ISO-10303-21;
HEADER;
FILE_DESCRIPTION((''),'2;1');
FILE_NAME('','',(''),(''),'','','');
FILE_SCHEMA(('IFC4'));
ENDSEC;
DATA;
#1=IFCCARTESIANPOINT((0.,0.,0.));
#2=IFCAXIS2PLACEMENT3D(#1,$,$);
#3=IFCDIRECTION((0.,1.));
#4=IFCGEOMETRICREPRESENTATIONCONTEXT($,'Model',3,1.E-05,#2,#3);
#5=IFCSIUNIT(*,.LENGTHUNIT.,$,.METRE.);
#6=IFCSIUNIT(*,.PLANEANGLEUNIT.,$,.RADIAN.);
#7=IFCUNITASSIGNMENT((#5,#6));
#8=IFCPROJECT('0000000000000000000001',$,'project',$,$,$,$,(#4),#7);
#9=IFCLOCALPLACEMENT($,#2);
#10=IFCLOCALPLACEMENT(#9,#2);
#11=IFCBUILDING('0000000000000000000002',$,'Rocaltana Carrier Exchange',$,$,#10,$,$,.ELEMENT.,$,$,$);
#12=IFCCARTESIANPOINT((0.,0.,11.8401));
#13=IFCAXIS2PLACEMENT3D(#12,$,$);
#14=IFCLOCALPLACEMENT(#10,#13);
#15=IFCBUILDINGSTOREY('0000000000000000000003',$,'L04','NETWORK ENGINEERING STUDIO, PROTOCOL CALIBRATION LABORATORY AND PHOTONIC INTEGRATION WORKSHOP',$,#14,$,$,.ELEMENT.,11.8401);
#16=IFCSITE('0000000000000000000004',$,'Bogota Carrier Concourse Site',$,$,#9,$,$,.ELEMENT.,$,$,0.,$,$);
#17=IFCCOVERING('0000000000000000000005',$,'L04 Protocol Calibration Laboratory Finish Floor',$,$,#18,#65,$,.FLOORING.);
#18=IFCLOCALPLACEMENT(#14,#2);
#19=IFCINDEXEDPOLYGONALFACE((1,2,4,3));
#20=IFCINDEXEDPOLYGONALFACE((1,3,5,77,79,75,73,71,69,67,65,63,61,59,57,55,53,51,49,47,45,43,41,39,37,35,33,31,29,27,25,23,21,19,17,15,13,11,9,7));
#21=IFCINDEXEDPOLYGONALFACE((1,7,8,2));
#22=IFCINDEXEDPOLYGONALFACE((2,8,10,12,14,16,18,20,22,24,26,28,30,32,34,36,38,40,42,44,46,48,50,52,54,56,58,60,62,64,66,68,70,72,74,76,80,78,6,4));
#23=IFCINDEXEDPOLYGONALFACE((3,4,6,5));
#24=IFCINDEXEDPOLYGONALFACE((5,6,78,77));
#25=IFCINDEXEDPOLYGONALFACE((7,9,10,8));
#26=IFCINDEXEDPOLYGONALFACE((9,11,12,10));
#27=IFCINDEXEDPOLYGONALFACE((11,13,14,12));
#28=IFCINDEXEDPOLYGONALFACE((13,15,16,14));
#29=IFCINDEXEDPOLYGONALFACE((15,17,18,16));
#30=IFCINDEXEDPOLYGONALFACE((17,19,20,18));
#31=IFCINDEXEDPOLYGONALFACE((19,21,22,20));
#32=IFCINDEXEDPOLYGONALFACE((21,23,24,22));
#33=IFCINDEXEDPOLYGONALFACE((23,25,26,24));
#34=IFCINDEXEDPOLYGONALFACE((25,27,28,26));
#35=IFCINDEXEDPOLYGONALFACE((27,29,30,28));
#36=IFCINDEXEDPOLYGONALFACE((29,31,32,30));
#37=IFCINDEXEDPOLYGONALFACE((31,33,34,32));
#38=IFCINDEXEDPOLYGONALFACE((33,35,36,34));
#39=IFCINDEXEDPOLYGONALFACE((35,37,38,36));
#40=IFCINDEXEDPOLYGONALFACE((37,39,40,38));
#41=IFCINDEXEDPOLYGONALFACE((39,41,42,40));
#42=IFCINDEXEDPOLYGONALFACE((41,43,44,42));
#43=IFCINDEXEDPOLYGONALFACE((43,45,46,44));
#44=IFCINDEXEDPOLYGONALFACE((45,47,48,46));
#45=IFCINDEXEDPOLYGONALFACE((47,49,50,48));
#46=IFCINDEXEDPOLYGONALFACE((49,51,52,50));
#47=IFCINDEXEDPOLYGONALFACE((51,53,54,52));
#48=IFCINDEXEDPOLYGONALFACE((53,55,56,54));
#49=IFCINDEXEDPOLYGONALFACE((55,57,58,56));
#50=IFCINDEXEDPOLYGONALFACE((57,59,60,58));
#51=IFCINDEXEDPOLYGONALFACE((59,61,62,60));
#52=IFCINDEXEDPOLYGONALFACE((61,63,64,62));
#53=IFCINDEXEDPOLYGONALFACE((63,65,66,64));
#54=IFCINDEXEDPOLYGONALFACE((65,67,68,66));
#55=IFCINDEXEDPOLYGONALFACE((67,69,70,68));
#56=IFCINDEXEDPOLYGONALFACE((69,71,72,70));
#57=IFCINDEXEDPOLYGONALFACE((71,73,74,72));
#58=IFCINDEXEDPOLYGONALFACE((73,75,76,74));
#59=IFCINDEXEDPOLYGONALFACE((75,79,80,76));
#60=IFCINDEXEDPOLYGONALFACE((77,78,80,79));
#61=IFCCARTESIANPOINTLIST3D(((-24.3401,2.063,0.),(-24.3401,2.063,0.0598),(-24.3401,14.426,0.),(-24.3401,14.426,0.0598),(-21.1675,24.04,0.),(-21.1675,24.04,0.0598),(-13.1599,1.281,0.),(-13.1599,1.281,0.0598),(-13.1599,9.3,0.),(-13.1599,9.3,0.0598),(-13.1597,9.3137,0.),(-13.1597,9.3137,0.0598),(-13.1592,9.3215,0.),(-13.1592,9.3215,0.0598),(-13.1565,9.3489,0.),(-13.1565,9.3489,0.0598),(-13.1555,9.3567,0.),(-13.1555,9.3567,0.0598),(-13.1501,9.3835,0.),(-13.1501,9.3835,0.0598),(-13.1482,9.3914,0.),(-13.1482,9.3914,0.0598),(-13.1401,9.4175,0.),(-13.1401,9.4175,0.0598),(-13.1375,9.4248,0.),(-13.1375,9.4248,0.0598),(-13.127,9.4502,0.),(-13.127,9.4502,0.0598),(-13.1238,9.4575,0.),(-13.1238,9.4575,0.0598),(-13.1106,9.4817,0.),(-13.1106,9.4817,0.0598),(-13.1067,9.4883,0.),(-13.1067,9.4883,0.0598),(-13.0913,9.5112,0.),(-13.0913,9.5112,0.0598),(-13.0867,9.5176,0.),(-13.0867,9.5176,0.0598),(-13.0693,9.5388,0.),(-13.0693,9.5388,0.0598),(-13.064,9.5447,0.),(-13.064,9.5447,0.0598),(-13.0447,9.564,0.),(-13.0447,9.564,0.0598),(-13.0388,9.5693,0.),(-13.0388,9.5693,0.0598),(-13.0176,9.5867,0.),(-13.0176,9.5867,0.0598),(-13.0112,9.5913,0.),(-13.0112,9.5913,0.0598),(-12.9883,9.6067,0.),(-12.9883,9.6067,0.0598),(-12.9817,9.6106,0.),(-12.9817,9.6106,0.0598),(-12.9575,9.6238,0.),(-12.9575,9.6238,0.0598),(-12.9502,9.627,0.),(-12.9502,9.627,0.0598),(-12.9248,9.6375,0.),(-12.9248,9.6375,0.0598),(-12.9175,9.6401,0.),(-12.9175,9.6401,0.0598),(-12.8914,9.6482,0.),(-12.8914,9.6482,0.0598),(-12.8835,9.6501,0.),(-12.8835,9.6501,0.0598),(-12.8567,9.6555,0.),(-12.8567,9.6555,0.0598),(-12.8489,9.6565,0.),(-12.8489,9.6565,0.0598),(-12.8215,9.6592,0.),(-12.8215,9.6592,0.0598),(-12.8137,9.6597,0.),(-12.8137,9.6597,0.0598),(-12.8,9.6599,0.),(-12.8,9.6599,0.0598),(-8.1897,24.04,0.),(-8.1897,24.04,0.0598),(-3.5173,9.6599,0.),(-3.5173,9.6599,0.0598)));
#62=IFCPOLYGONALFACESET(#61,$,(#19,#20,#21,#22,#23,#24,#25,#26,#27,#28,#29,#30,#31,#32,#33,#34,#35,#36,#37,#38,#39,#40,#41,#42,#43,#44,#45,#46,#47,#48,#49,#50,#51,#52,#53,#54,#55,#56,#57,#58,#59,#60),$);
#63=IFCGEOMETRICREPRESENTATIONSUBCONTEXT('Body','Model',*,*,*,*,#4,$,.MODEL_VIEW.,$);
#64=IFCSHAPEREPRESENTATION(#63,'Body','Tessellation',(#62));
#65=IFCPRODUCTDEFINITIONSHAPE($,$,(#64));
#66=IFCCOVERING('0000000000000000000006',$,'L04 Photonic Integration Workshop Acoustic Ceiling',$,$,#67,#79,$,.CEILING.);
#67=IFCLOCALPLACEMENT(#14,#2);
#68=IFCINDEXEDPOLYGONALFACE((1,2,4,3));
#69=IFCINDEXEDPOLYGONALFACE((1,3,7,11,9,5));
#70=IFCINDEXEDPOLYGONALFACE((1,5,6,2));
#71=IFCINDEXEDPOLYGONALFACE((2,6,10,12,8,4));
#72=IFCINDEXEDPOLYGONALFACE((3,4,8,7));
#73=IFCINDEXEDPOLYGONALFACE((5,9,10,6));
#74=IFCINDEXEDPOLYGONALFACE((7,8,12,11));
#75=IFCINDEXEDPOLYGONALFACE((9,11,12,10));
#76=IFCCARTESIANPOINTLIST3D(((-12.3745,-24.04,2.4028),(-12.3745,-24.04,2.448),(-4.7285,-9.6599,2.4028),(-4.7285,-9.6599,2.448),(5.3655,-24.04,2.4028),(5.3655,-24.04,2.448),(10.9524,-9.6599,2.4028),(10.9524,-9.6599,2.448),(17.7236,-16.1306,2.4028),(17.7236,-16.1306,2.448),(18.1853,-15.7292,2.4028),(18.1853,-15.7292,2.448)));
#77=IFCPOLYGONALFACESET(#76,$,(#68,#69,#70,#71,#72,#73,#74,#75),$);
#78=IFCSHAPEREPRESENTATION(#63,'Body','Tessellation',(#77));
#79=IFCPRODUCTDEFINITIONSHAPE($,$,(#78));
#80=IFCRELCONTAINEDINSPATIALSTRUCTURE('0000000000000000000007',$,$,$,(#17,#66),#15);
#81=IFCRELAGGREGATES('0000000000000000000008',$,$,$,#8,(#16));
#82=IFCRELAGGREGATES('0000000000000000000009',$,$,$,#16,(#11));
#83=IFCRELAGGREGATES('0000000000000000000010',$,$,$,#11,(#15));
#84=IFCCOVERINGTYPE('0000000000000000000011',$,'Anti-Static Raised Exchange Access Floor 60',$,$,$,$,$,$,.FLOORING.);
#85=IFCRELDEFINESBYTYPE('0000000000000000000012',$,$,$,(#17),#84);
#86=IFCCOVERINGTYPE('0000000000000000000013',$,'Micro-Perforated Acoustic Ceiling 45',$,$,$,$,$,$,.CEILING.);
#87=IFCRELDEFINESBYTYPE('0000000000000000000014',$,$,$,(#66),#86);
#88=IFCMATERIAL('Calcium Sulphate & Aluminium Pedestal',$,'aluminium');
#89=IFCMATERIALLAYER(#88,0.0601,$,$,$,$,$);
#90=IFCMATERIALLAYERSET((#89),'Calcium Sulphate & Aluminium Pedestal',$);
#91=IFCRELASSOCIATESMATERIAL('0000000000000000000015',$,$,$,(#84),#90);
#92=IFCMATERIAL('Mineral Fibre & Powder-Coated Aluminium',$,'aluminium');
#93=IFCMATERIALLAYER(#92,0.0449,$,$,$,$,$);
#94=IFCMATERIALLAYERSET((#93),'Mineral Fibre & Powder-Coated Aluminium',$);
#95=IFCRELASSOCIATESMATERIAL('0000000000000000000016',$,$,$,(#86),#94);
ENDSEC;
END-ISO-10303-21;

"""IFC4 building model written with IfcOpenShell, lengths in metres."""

from ifc_helpers import new_model, si_unit, direction, frame, origin, place, context, subcontext, project, spatial, polyline, outline, extrude, material, layer, layer_set, type_object, element, save


model = new_model("IFC4")

# Units and contexts
model_context = context("Model", 3, precision=1e-05, world=origin(), true_north=direction((0.0, 1.0)))
body_context = subcontext(model_context, "Body", "Model", "MODEL_VIEW")
ifc_project = project(units=[si_unit("LENGTHUNIT", "METRE"), si_unit("PLANEANGLEUNIT", "RADIAN")], contexts=[model_context])

# Site, building, storey
site_placement = place(None, origin())
site = spatial("IfcSite", under=ifc_project, at=site_placement, Name="Bogota Carrier Concourse Site", CompositionType="ELEMENT", RefElevation=0.0)
building_placement = place(site_placement, origin())
building = spatial("IfcBuilding", under=site, at=building_placement, Name="Rocaltana Carrier Exchange", CompositionType="ELEMENT")
storey_placement = place(building_placement, frame((0.0, 0.0, 11.8401)))
storey = spatial("IfcBuildingStorey", under=building, at=storey_placement, Name="L04", Description="NETWORK ENGINEERING STUDIO, PROTOCOL CALIBRATION LABORATORY AND PHOTONIC INTEGRATION WORKSHOP", CompositionType="ELEMENT", Elevation=11.8401)

# Coverings
ifc_material_1 = material(Name="Calcium Sulphate & Aluminium Pedestal", Category="aluminium")
ifc_layer_1 = layer(ifc_material_1, 0.0601)
ifc_layer_set_1 = layer_set([ifc_layer_1], Name="Calcium Sulphate & Aluminium Pedestal")
covering_type_1 = type_object("IfcCoveringType", Name="Anti-Static Raised Exchange Access Floor 60", PredefinedType="FLOORING", material=ifc_layer_set_1)
covering_1_placement = place(storey_placement, origin())
element("IfcCovering", 1, at=covering_1_placement, inside=storey, type_object=covering_type_1, Name="L04 Protocol Calibration Laboratory Finish Floor", PredefinedType="FLOORING", context=body_context, shape_type="SweptSolid", body=[
    extrude(outline(polyline([(-24.3401, 14.426), (-21.1675, 24.04), (-8.1897, 24.04), (-3.5173, 9.6599), (-12.8, 9.6599), (-12.8137, 9.6597), (-12.8215, 9.6592), (-12.8489, 9.6565), (-12.8567, 9.6555), (-12.8835, 9.6501), (-12.8914, 9.6482), (-12.9175, 9.6401), (-12.9248, 9.6375), (-12.9502, 9.627), (-12.9575, 9.6238), (-12.9817, 9.6106), (-12.9883, 9.6067), (-13.0112, 9.5913), (-13.0176, 9.5867), (-13.0388, 9.5693), (-13.0447, 9.564), (-13.064, 9.5447), (-13.0693, 9.5388), (-13.0867, 9.5176), (-13.0913, 9.5112), (-13.1067, 9.4883), (-13.1106, 9.4817), (-13.1238, 9.4575), (-13.127, 9.4502), (-13.1375, 9.4248), (-13.1401, 9.4175), (-13.1482, 9.3914), (-13.1501, 9.3835), (-13.1555, 9.3567), (-13.1565, 9.3489), (-13.1592, 9.3215), (-13.1597, 9.3137), (-13.1599, 9.3), (-13.1599, 1.281), (-24.3401, 2.063), (-24.3401, 14.426)])), origin(), (0.0, 0.0, 1.0), 0.0598),
])
ifc_material_2 = material(Name="Mineral Fibre & Powder-Coated Aluminium", Category="aluminium")
ifc_layer_2 = layer(ifc_material_2, 0.0449)
ifc_layer_set_2 = layer_set([ifc_layer_2], Name="Mineral Fibre & Powder-Coated Aluminium")
covering_type_2 = type_object("IfcCoveringType", Name="Micro-Perforated Acoustic Ceiling 45", PredefinedType="CEILING", material=ifc_layer_set_2)
covering_2_placement = place(storey_placement, frame((0.0, 0.0, 2.4028)))
element("IfcCovering", 2, at=covering_2_placement, inside=storey, type_object=covering_type_2, Name="L04 Photonic Integration Workshop Acoustic Ceiling", PredefinedType="CEILING", context=body_context, shape_type="SweptSolid", body=[
    extrude(outline(polyline([(17.7236, -16.1306), (5.3655, -24.04), (-12.3745, -24.04), (-4.7285, -9.6599), (10.9524, -9.6599), (18.1853, -15.7292), (17.7236, -16.1306)])), origin(), (0.0, 0.0, 1.0), 0.0452),
])

save(model, "model.ifc")
